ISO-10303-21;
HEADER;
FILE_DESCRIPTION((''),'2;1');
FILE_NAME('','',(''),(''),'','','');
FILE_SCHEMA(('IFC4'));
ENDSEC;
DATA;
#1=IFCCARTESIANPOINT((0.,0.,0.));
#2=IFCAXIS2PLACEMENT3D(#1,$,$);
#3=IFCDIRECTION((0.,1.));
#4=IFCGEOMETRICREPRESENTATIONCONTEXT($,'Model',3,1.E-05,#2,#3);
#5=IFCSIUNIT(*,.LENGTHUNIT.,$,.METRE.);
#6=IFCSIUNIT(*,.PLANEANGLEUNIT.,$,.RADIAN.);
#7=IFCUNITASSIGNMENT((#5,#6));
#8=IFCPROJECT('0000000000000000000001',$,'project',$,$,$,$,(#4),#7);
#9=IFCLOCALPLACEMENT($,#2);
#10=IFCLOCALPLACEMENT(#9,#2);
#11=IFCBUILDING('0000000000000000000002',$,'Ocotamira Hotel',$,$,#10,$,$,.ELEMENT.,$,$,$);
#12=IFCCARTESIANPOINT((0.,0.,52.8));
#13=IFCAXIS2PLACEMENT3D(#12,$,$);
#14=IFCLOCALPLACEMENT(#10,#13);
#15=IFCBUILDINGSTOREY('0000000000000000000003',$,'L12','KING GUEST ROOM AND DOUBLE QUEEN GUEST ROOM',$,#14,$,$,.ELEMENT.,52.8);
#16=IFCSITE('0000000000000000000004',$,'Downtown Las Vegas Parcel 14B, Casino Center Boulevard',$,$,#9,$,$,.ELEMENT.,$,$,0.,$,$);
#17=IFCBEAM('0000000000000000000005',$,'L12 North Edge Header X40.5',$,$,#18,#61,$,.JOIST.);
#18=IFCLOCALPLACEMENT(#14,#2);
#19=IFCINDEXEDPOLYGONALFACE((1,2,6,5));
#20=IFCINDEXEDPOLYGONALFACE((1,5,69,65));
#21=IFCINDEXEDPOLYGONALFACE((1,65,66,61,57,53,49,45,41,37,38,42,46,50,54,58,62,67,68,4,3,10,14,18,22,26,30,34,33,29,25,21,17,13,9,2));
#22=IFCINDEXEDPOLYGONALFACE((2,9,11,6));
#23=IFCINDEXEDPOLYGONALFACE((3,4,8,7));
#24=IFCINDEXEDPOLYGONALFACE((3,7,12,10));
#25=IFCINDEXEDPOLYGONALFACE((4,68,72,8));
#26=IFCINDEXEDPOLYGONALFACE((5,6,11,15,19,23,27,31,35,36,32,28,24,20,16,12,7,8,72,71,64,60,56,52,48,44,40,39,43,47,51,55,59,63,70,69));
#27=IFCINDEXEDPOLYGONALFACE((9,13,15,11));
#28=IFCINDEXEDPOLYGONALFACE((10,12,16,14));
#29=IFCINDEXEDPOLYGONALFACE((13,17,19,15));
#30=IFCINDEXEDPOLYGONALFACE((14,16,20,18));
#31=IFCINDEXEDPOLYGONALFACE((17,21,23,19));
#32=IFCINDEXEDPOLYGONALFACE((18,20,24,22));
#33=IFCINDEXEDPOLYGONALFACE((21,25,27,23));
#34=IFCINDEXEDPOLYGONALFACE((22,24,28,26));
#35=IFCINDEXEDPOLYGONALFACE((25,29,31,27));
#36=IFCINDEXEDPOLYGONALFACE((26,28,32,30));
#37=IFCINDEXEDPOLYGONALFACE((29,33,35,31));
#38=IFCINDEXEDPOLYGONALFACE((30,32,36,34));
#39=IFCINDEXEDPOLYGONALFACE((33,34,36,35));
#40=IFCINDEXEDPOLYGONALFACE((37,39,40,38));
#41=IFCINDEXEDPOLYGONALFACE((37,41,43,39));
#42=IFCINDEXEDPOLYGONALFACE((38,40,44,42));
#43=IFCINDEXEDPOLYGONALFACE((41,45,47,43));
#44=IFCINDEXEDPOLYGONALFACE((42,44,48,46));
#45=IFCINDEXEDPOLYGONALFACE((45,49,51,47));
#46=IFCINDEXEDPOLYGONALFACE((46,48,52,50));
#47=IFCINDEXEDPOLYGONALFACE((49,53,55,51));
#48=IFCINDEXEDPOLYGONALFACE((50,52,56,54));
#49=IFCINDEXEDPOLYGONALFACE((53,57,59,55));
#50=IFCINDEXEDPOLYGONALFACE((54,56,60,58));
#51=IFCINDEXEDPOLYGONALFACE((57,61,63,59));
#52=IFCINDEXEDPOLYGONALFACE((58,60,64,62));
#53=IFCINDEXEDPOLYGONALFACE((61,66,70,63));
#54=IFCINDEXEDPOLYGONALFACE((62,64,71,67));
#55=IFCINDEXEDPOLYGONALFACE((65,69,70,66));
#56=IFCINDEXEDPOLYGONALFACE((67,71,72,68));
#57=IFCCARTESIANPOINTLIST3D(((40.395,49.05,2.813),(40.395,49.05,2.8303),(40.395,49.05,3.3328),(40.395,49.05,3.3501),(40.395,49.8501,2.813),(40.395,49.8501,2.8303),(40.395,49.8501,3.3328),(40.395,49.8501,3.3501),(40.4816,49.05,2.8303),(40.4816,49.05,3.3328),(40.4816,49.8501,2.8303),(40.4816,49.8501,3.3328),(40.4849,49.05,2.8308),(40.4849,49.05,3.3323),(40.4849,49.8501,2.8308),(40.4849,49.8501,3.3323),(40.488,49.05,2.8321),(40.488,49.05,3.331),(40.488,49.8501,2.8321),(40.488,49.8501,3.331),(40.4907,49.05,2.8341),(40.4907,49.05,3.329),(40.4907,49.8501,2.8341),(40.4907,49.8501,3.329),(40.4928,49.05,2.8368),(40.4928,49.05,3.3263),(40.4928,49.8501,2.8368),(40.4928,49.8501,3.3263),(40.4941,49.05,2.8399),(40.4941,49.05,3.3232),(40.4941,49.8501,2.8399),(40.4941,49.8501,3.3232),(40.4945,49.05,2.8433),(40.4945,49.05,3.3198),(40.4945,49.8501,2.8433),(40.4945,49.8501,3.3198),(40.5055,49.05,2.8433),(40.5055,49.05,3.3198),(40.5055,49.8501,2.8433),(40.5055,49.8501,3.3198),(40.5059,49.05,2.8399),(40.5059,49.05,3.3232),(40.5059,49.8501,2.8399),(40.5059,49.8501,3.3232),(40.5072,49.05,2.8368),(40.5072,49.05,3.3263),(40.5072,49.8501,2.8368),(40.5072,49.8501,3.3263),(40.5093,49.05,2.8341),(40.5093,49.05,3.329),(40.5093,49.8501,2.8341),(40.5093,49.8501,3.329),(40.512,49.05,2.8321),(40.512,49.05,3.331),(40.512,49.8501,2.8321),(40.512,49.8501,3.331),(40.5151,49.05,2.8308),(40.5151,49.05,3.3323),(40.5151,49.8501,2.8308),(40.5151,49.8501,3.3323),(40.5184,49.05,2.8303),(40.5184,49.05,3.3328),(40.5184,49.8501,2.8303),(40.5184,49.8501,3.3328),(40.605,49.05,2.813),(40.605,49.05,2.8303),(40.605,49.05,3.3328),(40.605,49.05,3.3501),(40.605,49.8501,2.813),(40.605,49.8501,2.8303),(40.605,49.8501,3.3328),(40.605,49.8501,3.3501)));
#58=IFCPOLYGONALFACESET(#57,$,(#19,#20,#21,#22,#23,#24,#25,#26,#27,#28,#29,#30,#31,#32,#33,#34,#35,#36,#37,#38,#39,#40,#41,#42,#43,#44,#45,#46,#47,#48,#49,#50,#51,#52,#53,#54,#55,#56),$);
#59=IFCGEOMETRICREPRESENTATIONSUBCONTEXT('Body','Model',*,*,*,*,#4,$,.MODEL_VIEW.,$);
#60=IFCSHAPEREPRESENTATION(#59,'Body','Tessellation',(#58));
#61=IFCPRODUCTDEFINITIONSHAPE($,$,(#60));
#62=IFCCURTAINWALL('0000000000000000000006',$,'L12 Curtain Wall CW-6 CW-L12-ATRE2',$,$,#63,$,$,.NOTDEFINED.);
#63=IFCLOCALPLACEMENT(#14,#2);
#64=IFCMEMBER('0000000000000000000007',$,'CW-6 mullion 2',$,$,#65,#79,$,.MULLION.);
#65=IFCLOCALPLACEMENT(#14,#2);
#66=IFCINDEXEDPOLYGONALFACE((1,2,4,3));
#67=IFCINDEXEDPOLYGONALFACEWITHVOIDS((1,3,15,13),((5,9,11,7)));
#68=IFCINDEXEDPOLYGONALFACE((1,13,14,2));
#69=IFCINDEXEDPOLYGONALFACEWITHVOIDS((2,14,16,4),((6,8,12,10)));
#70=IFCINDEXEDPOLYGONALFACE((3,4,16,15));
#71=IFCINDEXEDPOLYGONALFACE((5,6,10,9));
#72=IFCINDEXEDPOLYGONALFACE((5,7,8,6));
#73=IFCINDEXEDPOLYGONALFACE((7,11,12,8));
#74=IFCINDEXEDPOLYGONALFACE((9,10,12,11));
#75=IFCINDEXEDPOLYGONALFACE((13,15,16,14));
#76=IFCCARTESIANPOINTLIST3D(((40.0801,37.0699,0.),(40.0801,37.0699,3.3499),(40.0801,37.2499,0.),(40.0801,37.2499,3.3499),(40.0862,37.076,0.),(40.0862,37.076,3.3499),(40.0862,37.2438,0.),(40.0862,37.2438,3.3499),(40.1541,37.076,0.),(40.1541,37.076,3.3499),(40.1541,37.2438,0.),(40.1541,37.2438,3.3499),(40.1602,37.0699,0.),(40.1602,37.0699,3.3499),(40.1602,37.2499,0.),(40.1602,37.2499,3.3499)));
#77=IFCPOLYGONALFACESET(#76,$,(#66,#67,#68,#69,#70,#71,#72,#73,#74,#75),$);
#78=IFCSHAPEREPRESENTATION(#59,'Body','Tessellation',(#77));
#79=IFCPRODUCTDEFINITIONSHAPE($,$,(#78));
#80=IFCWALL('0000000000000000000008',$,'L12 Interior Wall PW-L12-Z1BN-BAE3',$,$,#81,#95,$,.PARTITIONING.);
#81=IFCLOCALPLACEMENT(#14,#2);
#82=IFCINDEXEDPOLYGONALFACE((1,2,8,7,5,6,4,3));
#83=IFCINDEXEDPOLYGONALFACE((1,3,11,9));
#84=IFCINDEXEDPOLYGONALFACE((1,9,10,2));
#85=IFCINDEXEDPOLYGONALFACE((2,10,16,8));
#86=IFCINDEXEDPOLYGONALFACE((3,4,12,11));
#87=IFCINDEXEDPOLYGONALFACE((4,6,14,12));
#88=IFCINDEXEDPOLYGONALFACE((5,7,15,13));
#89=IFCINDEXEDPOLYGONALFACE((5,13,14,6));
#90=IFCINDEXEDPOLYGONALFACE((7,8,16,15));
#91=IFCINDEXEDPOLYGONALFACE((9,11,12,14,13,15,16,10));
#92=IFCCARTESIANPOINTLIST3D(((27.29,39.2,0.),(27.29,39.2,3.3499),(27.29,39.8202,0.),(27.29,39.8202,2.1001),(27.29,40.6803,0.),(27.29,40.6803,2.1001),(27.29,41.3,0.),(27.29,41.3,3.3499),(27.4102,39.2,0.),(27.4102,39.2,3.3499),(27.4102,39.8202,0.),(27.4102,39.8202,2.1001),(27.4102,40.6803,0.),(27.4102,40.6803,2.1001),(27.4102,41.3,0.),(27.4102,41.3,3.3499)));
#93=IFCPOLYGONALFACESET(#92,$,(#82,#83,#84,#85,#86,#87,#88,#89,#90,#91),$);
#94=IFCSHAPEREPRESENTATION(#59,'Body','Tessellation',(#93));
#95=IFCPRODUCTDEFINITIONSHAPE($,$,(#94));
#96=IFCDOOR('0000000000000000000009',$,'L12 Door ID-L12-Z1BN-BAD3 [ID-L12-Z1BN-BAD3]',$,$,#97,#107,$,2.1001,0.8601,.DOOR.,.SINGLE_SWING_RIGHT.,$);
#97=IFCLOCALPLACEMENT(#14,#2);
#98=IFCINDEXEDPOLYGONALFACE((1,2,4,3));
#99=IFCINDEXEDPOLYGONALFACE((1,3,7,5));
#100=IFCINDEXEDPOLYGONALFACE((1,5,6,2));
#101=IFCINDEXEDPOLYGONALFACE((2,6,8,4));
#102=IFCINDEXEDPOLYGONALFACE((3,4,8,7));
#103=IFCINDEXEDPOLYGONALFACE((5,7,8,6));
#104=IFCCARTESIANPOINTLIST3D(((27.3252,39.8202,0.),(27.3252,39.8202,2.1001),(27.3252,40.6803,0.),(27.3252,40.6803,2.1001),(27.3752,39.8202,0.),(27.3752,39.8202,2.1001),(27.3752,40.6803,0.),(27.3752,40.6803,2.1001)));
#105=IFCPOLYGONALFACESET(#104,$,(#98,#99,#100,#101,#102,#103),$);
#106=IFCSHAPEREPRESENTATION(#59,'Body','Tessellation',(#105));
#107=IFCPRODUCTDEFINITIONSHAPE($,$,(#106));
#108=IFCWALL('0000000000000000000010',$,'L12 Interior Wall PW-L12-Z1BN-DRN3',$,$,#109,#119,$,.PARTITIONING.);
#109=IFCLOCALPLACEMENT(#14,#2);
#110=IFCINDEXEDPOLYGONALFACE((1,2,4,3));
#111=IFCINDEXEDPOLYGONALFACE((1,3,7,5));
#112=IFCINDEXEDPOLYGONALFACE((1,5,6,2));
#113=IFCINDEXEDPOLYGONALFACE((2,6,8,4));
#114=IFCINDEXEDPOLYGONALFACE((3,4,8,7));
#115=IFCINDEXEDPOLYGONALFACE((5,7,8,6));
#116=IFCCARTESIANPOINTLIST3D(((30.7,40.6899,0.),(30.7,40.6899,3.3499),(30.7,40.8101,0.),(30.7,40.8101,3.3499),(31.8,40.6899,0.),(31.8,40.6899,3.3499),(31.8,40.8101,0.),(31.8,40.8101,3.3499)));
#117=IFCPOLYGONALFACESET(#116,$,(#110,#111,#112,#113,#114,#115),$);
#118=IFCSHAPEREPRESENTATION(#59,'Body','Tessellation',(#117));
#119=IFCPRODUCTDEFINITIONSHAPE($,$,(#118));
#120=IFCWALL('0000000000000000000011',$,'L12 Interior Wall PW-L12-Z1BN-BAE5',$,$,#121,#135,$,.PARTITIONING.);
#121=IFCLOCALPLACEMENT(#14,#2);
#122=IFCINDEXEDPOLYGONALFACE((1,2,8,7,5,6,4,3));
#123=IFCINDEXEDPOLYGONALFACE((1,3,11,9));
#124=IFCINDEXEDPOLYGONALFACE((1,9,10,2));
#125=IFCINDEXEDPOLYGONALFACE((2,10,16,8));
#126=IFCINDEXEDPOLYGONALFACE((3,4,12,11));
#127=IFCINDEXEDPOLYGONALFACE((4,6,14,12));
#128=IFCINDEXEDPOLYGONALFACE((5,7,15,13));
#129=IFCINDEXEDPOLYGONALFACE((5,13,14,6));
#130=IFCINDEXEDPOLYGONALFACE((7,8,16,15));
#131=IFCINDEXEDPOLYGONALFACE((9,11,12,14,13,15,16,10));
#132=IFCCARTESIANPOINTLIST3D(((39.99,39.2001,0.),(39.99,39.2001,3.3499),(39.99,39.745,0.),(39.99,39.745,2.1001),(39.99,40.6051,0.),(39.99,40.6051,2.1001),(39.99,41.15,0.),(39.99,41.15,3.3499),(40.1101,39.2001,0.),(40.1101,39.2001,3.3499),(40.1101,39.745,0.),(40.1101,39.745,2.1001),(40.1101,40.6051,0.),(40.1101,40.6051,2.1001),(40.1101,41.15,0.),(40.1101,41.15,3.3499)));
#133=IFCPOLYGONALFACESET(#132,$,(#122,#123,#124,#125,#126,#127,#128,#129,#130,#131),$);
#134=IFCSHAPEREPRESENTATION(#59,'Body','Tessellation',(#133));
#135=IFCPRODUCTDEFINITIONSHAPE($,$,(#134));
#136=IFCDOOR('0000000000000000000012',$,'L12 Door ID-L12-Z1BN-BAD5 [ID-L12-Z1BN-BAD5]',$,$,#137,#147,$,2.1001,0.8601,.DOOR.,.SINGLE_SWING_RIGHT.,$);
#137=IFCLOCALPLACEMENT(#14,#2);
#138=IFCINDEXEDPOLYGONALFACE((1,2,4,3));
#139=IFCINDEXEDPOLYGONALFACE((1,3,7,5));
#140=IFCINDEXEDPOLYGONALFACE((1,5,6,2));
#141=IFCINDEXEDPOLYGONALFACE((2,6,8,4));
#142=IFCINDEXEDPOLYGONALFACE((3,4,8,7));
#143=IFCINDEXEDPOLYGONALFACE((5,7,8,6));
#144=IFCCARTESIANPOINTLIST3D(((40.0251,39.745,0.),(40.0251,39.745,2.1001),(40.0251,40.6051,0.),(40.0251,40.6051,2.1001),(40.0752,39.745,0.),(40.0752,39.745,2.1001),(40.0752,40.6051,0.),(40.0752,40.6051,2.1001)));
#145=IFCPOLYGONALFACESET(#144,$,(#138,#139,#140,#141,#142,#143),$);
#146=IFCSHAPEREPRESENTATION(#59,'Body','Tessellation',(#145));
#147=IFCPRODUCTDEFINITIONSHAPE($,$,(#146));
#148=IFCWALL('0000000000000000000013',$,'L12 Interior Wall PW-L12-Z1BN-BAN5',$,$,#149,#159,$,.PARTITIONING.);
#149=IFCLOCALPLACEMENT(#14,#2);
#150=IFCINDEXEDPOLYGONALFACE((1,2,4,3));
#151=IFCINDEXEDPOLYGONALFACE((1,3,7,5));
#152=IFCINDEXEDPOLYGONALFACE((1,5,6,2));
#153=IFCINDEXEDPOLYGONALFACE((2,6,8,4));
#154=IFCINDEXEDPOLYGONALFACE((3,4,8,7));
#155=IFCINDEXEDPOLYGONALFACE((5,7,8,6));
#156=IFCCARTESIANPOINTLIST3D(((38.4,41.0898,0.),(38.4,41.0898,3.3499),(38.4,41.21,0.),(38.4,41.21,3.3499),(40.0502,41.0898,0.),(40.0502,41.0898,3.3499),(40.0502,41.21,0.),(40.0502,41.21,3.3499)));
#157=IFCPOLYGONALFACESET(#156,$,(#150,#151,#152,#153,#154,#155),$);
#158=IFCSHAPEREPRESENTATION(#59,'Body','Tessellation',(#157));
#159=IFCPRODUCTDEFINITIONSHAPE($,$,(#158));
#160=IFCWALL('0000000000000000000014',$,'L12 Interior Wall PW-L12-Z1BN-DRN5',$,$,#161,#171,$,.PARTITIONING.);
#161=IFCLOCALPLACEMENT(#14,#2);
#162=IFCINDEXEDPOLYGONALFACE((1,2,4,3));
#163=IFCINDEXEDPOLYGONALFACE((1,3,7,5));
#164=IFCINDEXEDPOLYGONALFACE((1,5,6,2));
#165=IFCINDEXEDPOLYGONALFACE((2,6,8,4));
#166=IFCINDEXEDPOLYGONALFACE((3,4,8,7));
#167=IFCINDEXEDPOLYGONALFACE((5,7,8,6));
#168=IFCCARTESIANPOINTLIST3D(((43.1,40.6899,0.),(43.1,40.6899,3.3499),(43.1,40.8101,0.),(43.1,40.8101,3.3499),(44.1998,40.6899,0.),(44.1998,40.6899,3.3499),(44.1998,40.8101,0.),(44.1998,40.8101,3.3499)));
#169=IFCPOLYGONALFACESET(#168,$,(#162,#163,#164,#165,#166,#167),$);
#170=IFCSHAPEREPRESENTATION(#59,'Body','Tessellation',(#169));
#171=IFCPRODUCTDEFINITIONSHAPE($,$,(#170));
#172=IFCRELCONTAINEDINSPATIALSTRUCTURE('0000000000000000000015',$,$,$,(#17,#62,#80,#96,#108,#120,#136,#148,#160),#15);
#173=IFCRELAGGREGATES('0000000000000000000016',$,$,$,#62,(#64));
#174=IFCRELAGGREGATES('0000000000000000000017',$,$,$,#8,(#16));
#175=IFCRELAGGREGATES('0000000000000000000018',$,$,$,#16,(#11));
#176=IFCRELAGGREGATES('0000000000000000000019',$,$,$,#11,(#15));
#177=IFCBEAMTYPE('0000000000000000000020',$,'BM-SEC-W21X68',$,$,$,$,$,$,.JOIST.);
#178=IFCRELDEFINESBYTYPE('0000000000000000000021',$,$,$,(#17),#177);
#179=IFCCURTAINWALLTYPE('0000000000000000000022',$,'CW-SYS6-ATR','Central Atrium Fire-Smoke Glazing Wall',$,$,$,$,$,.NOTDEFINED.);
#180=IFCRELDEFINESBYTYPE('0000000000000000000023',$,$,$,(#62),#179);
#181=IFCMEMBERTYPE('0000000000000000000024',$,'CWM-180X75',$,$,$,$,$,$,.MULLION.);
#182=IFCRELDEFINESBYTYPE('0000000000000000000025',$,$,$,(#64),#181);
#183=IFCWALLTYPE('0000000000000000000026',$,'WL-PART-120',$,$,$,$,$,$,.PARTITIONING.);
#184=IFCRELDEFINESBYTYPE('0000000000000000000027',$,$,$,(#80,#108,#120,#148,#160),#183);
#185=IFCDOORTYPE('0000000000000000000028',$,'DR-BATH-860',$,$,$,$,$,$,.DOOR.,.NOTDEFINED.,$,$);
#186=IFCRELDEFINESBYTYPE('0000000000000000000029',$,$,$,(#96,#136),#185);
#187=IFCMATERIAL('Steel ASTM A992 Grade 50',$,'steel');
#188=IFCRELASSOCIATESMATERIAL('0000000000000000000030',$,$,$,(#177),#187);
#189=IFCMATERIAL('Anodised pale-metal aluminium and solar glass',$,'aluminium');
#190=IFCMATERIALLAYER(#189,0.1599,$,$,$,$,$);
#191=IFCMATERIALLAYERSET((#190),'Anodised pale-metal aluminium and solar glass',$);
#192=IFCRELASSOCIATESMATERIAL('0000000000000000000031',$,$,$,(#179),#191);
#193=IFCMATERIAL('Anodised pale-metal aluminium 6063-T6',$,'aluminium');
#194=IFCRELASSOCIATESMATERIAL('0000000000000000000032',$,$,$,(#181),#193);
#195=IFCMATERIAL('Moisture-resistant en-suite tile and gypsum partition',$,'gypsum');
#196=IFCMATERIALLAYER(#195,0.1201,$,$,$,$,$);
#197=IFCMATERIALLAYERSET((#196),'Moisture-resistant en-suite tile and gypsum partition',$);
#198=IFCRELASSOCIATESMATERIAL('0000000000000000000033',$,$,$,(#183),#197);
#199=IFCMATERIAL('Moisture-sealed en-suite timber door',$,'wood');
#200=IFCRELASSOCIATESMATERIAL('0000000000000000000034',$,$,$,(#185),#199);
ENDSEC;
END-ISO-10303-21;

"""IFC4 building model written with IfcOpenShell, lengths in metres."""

from ifc_helpers import new_model, si_unit, direction, frame, frame_2d, origin, origin_2d, place, context, subcontext, project, spatial, rectangle, hollow_rectangle, i_section, extrude, source, transform, mapped, material, layer, layer_set, material_profile, profile_set, type_object, element, fill, aggregate, save


model = new_model("IFC4")

# Units and contexts
model_context = context("Model", 3, precision=1e-05, world=origin(), true_north=direction((0.0, 1.0)))
body_context = subcontext(model_context, "Body", "Model", "MODEL_VIEW")
ifc_project = project(units=[si_unit("LENGTHUNIT", "METRE"), si_unit("PLANEANGLEUNIT", "RADIAN")], contexts=[model_context])

# Site, building, storey
site_placement = place(None, origin())
site = spatial("IfcSite", under=ifc_project, at=site_placement, Name="Downtown Las Vegas Parcel 14B, Casino Center Boulevard", CompositionType="ELEMENT", RefElevation=0.0)
building_placement = place(site_placement, origin())
building = spatial("IfcBuilding", under=site, at=building_placement, Name="Ocotamira Hotel", CompositionType="ELEMENT")
storey_placement = place(building_placement, frame((0.0, 0.0, 52.8)))
storey = spatial("IfcBuildingStorey", under=building, at=storey_placement, Name="L12", Description="KING GUEST ROOM AND DOUBLE QUEEN GUEST ROOM", CompositionType="ELEMENT", Elevation=52.8)

# Beam
ifc_material_1 = material(Name="Steel ASTM A992 Grade 50", Category="steel")
ifc_material_profile_1 = material_profile(ifc_material_1, i_section(OverallWidth=0.21, OverallDepth=0.5371, WebThickness=0.011, FlangeThickness=0.0173, FilletRadius=0.0129, at=origin_2d()), Name="W21X68")
ifc_profile_set_1 = profile_set([ifc_material_profile_1], Name="Steel ASTM A992 Grade 50")
beam_type_1 = type_object("IfcBeamType", Name="BM-SEC-W21X68", PredefinedType="JOIST", material=ifc_profile_set_1)
shared_shape_1 = source(origin(), body_context, "Body", "SweptSolid", [
    extrude(i_section(OverallWidth=0.21, OverallDepth=0.5371, WebThickness=0.011, FlangeThickness=0.0173, FilletRadius=0.0129, at=origin_2d()), origin(), (0.0, 0.0, 1.0), 0.8),
])
beam_1_placement = place(storey_placement, frame((40.5, 49.05, 3.0815), z_axis=(0.0, 1.0, 0.0), x_axis=(-1.0, 0.0, 0.0)))
element("IfcBeam", 1, at=beam_1_placement, inside=storey, type_object=beam_type_1, Name="L12 North Edge Header X40.5", PredefinedType="JOIST", context=body_context, shape_type="MappedRepresentation", body=[
    mapped(shared_shape_1, transform((0.0, 0.0, 0.0), scale=1.0)),
])

# Curtain wall, member
ifc_material_2 = material(Name="Anodised pale-metal aluminium and solar glass", Category="aluminium")
ifc_layer_1 = layer(ifc_material_2, 0.1599)
ifc_layer_set_1 = layer_set([ifc_layer_1], Name="Anodised pale-metal aluminium and solar glass")
curtain_wall_type = type_object("IfcCurtainWallType", Name="CW-SYS6-ATR", Description="Central Atrium Fire-Smoke Glazing Wall", PredefinedType="NOTDEFINED", material=ifc_layer_set_1)
curtain_wall_placement = place(storey_placement, origin())
curtain_wall = element("IfcCurtainWall", 2, at=curtain_wall_placement, inside=storey, type_object=curtain_wall_type, Name="L12 Curtain Wall CW-6 CW-L12-ATRE2", PredefinedType="NOTDEFINED")
ifc_material_3 = material(Name="Anodised pale-metal aluminium 6063-T6", Category="aluminium")
ifc_material_profile_2 = material_profile(ifc_material_3, hollow_rectangle(XDim=0.0801, YDim=0.1799, WallThickness=0.0061, at=origin_2d()), Name="HSS180X80X6")
ifc_profile_set_2 = profile_set([ifc_material_profile_2], Name="Anodised pale-metal aluminium 6063-T6")
member_type = type_object("IfcMemberType", Name="CWM-180X75", PredefinedType="MULLION", material=ifc_profile_set_2)
shared_shape_2 = source(origin(), body_context, "Body", "SweptSolid", [
    extrude(hollow_rectangle(XDim=0.0801, YDim=0.1799, WallThickness=0.0061, at=origin_2d()), origin(), (0.0, 0.0, 1.0), 3.3499),
])
member_placement = place(storey_placement, frame((40.1201, 37.1599, 0.0), z_axis=(0.0, 0.0, 1.0), x_axis=(-1.0, 0.0, 0.0)))
member = element("IfcMember", 3, at=member_placement, type_object=member_type, Name="CW-6 mullion 2", PredefinedType="MULLION", context=body_context, shape_type="MappedRepresentation", body=[
    mapped(shared_shape_2, transform((0.0, 0.0, 0.0), scale=1.0)),
])
aggregate(curtain_wall, [member])

# Wall, opening, door
ifc_material_4 = material(Name="Moisture-resistant en-suite tile and gypsum partition", Category="gypsum")
ifc_layer_2 = layer(ifc_material_4, 0.1201)
ifc_layer_set_2 = layer_set([ifc_layer_2], Name="Moisture-resistant en-suite tile and gypsum partition")
wall_type_1 = type_object("IfcWallType", Name="WL-PART-120", PredefinedType="PARTITIONING", material=ifc_layer_set_2)
wall_1_placement = place(storey_placement, frame((27.3501, 39.2, 0.0), z_axis=(0.0, 0.0, 1.0), x_axis=(0.0, 1.0, 0.0)))
wall_1 = element("IfcWall", 4, at=wall_1_placement, inside=storey, type_object=wall_type_1, Name="L12 Interior Wall PW-L12-Z1BN-BAE3", PredefinedType="PARTITIONING", context=body_context, shape_type="SweptSolid", body=[
    extrude(rectangle(XDim=2.1001, YDim=0.1201, at=frame_2d((1.05, 0.0))), origin(), (0.0, 0.0, 1.0), 3.3499),
])
opening_1_placement = place(wall_1_placement, frame((0.6201, 0.0, 0.0)))
opening_1 = element("IfcOpeningElement", 5, at=opening_1_placement, cuts=wall_1, PredefinedType="OPENING", context=body_context, shape_type="SweptSolid", body=[
    extrude(rectangle(XDim=0.8601, YDim=2.1001, at=frame_2d((0.4302, 1.05))), frame((0.0, 0.0701, 0.0), z_axis=(0.0, -1.0, 0.0), x_axis=(1.0, 0.0, 0.0)), (0.0, 0.0, 1.0), 0.1401),
])
ifc_material_5 = material(Name="Moisture-sealed en-suite timber door", Category="wood")
door_type_1 = type_object("IfcDoorType", Name="DR-BATH-860", OperationType="NOTDEFINED", PredefinedType="DOOR", material=ifc_material_5)
shared_shape_3 = source(origin(), body_context, "Body", "SweptSolid", [
    extrude(rectangle(XDim=0.8601, YDim=2.1001, at=frame_2d((0.4302, 1.05))), frame((0.0, 0.0249, 0.0), z_axis=(0.0, -1.0, 0.0), x_axis=(1.0, 0.0, 0.0)), (0.0, 0.0, 1.0), 0.05),
])
door_1_placement = place(opening_1_placement, origin())
door_1 = element("IfcDoor", 6, at=door_1_placement, inside=storey, type_object=door_type_1, Name="L12 Door ID-L12-Z1BN-BAD3 [ID-L12-Z1BN-BAD3]", OperationType="SINGLE_SWING_RIGHT", OverallHeight=2.1001, OverallWidth=0.8601, PredefinedType="DOOR", context=body_context, shape_type="MappedRepresentation", body=[
    mapped(shared_shape_3, transform((0.0, 0.0, 0.0), scale=1.0)),
])
fill(opening_1, door_1)

# Wall
wall_2_placement = place(storey_placement, frame((30.7, 40.75, 0.0), z_axis=(0.0, 0.0, 1.0), x_axis=(1.0, 0.0, 0.0)))
element("IfcWall", 7, at=wall_2_placement, inside=storey, type_object=wall_type_1, Name="L12 Interior Wall PW-L12-Z1BN-DRN3", PredefinedType="PARTITIONING", context=body_context, shape_type="SweptSolid", body=[
    extrude(rectangle(XDim=1.1001, YDim=0.1201, at=frame_2d((0.55, 0.0))), origin(), (0.0, 0.0, 1.0), 3.3499),
])

# Wall, opening, door
wall_3_placement = place(storey_placement, frame((40.05, 39.2, 0.0), z_axis=(0.0, 0.0, 1.0), x_axis=(0.0, 1.0, 0.0)))
wall_3 = element("IfcWall", 8, at=wall_3_placement, inside=storey, type_object=wall_type_1, Name="L12 Interior Wall PW-L12-Z1BN-BAE5", PredefinedType="PARTITIONING", context=body_context, shape_type="SweptSolid", body=[
    extrude(rectangle(XDim=1.95, YDim=0.1201, at=frame_2d((0.9751, 0.0))), origin(), (0.0, 0.0, 1.0), 3.3499),
])
opening_2_placement = place(wall_3_placement, frame((0.5449, 0.0, 0.0)))
opening_2 = element("IfcOpeningElement", 9, at=opening_2_placement, cuts=wall_3, PredefinedType="OPENING", context=body_context, shape_type="SweptSolid", body=[
    extrude(rectangle(XDim=0.8601, YDim=2.1001, at=frame_2d((0.4302, 1.05))), frame((0.0, 0.0701, 0.0), z_axis=(0.0, -1.0, 0.0), x_axis=(1.0, 0.0, 0.0)), (0.0, 0.0, 1.0), 0.1401),
])
door_2_placement = place(opening_2_placement, origin())
door_2 = element("IfcDoor", 10, at=door_2_placement, inside=storey, type_object=door_type_1, Name="L12 Door ID-L12-Z1BN-BAD5 [ID-L12-Z1BN-BAD5]", OperationType="SINGLE_SWING_RIGHT", OverallHeight=2.1001, OverallWidth=0.8601, PredefinedType="DOOR", context=body_context, shape_type="MappedRepresentation", body=[
    mapped(shared_shape_3, transform((0.0, 0.0, 0.0), scale=1.0)),
])
fill(opening_2, door_2)

# Walls
wall_4_placement = place(storey_placement, frame((38.3999, 41.1499, 0.0), z_axis=(0.0, 0.0, 1.0), x_axis=(1.0, 0.0, 0.0)))
element("IfcWall", 11, at=wall_4_placement, inside=storey, type_object=wall_type_1, Name="L12 Interior Wall PW-L12-Z1BN-BAN5", PredefinedType="PARTITIONING", context=body_context, shape_type="SweptSolid", body=[
    extrude(rectangle(XDim=1.6501, YDim=0.1201, at=frame_2d((0.8252, 0.0))), origin(), (0.0, 0.0, 1.0), 3.3499),
])
wall_5_placement = place(storey_placement, frame((43.1001, 40.75, 0.0), z_axis=(0.0, 0.0, 1.0), x_axis=(1.0, 0.0, 0.0)))
element("IfcWall", 12, at=wall_5_placement, inside=storey, type_object=wall_type_1, Name="L12 Interior Wall PW-L12-Z1BN-DRN5", PredefinedType="PARTITIONING", context=body_context, shape_type="SweptSolid", body=[
    extrude(rectangle(XDim=1.0999, YDim=0.1201, at=frame_2d((0.5498, 0.0))), origin(), (0.0, 0.0, 1.0), 3.3499),
])

save(model, "model.ifc")
